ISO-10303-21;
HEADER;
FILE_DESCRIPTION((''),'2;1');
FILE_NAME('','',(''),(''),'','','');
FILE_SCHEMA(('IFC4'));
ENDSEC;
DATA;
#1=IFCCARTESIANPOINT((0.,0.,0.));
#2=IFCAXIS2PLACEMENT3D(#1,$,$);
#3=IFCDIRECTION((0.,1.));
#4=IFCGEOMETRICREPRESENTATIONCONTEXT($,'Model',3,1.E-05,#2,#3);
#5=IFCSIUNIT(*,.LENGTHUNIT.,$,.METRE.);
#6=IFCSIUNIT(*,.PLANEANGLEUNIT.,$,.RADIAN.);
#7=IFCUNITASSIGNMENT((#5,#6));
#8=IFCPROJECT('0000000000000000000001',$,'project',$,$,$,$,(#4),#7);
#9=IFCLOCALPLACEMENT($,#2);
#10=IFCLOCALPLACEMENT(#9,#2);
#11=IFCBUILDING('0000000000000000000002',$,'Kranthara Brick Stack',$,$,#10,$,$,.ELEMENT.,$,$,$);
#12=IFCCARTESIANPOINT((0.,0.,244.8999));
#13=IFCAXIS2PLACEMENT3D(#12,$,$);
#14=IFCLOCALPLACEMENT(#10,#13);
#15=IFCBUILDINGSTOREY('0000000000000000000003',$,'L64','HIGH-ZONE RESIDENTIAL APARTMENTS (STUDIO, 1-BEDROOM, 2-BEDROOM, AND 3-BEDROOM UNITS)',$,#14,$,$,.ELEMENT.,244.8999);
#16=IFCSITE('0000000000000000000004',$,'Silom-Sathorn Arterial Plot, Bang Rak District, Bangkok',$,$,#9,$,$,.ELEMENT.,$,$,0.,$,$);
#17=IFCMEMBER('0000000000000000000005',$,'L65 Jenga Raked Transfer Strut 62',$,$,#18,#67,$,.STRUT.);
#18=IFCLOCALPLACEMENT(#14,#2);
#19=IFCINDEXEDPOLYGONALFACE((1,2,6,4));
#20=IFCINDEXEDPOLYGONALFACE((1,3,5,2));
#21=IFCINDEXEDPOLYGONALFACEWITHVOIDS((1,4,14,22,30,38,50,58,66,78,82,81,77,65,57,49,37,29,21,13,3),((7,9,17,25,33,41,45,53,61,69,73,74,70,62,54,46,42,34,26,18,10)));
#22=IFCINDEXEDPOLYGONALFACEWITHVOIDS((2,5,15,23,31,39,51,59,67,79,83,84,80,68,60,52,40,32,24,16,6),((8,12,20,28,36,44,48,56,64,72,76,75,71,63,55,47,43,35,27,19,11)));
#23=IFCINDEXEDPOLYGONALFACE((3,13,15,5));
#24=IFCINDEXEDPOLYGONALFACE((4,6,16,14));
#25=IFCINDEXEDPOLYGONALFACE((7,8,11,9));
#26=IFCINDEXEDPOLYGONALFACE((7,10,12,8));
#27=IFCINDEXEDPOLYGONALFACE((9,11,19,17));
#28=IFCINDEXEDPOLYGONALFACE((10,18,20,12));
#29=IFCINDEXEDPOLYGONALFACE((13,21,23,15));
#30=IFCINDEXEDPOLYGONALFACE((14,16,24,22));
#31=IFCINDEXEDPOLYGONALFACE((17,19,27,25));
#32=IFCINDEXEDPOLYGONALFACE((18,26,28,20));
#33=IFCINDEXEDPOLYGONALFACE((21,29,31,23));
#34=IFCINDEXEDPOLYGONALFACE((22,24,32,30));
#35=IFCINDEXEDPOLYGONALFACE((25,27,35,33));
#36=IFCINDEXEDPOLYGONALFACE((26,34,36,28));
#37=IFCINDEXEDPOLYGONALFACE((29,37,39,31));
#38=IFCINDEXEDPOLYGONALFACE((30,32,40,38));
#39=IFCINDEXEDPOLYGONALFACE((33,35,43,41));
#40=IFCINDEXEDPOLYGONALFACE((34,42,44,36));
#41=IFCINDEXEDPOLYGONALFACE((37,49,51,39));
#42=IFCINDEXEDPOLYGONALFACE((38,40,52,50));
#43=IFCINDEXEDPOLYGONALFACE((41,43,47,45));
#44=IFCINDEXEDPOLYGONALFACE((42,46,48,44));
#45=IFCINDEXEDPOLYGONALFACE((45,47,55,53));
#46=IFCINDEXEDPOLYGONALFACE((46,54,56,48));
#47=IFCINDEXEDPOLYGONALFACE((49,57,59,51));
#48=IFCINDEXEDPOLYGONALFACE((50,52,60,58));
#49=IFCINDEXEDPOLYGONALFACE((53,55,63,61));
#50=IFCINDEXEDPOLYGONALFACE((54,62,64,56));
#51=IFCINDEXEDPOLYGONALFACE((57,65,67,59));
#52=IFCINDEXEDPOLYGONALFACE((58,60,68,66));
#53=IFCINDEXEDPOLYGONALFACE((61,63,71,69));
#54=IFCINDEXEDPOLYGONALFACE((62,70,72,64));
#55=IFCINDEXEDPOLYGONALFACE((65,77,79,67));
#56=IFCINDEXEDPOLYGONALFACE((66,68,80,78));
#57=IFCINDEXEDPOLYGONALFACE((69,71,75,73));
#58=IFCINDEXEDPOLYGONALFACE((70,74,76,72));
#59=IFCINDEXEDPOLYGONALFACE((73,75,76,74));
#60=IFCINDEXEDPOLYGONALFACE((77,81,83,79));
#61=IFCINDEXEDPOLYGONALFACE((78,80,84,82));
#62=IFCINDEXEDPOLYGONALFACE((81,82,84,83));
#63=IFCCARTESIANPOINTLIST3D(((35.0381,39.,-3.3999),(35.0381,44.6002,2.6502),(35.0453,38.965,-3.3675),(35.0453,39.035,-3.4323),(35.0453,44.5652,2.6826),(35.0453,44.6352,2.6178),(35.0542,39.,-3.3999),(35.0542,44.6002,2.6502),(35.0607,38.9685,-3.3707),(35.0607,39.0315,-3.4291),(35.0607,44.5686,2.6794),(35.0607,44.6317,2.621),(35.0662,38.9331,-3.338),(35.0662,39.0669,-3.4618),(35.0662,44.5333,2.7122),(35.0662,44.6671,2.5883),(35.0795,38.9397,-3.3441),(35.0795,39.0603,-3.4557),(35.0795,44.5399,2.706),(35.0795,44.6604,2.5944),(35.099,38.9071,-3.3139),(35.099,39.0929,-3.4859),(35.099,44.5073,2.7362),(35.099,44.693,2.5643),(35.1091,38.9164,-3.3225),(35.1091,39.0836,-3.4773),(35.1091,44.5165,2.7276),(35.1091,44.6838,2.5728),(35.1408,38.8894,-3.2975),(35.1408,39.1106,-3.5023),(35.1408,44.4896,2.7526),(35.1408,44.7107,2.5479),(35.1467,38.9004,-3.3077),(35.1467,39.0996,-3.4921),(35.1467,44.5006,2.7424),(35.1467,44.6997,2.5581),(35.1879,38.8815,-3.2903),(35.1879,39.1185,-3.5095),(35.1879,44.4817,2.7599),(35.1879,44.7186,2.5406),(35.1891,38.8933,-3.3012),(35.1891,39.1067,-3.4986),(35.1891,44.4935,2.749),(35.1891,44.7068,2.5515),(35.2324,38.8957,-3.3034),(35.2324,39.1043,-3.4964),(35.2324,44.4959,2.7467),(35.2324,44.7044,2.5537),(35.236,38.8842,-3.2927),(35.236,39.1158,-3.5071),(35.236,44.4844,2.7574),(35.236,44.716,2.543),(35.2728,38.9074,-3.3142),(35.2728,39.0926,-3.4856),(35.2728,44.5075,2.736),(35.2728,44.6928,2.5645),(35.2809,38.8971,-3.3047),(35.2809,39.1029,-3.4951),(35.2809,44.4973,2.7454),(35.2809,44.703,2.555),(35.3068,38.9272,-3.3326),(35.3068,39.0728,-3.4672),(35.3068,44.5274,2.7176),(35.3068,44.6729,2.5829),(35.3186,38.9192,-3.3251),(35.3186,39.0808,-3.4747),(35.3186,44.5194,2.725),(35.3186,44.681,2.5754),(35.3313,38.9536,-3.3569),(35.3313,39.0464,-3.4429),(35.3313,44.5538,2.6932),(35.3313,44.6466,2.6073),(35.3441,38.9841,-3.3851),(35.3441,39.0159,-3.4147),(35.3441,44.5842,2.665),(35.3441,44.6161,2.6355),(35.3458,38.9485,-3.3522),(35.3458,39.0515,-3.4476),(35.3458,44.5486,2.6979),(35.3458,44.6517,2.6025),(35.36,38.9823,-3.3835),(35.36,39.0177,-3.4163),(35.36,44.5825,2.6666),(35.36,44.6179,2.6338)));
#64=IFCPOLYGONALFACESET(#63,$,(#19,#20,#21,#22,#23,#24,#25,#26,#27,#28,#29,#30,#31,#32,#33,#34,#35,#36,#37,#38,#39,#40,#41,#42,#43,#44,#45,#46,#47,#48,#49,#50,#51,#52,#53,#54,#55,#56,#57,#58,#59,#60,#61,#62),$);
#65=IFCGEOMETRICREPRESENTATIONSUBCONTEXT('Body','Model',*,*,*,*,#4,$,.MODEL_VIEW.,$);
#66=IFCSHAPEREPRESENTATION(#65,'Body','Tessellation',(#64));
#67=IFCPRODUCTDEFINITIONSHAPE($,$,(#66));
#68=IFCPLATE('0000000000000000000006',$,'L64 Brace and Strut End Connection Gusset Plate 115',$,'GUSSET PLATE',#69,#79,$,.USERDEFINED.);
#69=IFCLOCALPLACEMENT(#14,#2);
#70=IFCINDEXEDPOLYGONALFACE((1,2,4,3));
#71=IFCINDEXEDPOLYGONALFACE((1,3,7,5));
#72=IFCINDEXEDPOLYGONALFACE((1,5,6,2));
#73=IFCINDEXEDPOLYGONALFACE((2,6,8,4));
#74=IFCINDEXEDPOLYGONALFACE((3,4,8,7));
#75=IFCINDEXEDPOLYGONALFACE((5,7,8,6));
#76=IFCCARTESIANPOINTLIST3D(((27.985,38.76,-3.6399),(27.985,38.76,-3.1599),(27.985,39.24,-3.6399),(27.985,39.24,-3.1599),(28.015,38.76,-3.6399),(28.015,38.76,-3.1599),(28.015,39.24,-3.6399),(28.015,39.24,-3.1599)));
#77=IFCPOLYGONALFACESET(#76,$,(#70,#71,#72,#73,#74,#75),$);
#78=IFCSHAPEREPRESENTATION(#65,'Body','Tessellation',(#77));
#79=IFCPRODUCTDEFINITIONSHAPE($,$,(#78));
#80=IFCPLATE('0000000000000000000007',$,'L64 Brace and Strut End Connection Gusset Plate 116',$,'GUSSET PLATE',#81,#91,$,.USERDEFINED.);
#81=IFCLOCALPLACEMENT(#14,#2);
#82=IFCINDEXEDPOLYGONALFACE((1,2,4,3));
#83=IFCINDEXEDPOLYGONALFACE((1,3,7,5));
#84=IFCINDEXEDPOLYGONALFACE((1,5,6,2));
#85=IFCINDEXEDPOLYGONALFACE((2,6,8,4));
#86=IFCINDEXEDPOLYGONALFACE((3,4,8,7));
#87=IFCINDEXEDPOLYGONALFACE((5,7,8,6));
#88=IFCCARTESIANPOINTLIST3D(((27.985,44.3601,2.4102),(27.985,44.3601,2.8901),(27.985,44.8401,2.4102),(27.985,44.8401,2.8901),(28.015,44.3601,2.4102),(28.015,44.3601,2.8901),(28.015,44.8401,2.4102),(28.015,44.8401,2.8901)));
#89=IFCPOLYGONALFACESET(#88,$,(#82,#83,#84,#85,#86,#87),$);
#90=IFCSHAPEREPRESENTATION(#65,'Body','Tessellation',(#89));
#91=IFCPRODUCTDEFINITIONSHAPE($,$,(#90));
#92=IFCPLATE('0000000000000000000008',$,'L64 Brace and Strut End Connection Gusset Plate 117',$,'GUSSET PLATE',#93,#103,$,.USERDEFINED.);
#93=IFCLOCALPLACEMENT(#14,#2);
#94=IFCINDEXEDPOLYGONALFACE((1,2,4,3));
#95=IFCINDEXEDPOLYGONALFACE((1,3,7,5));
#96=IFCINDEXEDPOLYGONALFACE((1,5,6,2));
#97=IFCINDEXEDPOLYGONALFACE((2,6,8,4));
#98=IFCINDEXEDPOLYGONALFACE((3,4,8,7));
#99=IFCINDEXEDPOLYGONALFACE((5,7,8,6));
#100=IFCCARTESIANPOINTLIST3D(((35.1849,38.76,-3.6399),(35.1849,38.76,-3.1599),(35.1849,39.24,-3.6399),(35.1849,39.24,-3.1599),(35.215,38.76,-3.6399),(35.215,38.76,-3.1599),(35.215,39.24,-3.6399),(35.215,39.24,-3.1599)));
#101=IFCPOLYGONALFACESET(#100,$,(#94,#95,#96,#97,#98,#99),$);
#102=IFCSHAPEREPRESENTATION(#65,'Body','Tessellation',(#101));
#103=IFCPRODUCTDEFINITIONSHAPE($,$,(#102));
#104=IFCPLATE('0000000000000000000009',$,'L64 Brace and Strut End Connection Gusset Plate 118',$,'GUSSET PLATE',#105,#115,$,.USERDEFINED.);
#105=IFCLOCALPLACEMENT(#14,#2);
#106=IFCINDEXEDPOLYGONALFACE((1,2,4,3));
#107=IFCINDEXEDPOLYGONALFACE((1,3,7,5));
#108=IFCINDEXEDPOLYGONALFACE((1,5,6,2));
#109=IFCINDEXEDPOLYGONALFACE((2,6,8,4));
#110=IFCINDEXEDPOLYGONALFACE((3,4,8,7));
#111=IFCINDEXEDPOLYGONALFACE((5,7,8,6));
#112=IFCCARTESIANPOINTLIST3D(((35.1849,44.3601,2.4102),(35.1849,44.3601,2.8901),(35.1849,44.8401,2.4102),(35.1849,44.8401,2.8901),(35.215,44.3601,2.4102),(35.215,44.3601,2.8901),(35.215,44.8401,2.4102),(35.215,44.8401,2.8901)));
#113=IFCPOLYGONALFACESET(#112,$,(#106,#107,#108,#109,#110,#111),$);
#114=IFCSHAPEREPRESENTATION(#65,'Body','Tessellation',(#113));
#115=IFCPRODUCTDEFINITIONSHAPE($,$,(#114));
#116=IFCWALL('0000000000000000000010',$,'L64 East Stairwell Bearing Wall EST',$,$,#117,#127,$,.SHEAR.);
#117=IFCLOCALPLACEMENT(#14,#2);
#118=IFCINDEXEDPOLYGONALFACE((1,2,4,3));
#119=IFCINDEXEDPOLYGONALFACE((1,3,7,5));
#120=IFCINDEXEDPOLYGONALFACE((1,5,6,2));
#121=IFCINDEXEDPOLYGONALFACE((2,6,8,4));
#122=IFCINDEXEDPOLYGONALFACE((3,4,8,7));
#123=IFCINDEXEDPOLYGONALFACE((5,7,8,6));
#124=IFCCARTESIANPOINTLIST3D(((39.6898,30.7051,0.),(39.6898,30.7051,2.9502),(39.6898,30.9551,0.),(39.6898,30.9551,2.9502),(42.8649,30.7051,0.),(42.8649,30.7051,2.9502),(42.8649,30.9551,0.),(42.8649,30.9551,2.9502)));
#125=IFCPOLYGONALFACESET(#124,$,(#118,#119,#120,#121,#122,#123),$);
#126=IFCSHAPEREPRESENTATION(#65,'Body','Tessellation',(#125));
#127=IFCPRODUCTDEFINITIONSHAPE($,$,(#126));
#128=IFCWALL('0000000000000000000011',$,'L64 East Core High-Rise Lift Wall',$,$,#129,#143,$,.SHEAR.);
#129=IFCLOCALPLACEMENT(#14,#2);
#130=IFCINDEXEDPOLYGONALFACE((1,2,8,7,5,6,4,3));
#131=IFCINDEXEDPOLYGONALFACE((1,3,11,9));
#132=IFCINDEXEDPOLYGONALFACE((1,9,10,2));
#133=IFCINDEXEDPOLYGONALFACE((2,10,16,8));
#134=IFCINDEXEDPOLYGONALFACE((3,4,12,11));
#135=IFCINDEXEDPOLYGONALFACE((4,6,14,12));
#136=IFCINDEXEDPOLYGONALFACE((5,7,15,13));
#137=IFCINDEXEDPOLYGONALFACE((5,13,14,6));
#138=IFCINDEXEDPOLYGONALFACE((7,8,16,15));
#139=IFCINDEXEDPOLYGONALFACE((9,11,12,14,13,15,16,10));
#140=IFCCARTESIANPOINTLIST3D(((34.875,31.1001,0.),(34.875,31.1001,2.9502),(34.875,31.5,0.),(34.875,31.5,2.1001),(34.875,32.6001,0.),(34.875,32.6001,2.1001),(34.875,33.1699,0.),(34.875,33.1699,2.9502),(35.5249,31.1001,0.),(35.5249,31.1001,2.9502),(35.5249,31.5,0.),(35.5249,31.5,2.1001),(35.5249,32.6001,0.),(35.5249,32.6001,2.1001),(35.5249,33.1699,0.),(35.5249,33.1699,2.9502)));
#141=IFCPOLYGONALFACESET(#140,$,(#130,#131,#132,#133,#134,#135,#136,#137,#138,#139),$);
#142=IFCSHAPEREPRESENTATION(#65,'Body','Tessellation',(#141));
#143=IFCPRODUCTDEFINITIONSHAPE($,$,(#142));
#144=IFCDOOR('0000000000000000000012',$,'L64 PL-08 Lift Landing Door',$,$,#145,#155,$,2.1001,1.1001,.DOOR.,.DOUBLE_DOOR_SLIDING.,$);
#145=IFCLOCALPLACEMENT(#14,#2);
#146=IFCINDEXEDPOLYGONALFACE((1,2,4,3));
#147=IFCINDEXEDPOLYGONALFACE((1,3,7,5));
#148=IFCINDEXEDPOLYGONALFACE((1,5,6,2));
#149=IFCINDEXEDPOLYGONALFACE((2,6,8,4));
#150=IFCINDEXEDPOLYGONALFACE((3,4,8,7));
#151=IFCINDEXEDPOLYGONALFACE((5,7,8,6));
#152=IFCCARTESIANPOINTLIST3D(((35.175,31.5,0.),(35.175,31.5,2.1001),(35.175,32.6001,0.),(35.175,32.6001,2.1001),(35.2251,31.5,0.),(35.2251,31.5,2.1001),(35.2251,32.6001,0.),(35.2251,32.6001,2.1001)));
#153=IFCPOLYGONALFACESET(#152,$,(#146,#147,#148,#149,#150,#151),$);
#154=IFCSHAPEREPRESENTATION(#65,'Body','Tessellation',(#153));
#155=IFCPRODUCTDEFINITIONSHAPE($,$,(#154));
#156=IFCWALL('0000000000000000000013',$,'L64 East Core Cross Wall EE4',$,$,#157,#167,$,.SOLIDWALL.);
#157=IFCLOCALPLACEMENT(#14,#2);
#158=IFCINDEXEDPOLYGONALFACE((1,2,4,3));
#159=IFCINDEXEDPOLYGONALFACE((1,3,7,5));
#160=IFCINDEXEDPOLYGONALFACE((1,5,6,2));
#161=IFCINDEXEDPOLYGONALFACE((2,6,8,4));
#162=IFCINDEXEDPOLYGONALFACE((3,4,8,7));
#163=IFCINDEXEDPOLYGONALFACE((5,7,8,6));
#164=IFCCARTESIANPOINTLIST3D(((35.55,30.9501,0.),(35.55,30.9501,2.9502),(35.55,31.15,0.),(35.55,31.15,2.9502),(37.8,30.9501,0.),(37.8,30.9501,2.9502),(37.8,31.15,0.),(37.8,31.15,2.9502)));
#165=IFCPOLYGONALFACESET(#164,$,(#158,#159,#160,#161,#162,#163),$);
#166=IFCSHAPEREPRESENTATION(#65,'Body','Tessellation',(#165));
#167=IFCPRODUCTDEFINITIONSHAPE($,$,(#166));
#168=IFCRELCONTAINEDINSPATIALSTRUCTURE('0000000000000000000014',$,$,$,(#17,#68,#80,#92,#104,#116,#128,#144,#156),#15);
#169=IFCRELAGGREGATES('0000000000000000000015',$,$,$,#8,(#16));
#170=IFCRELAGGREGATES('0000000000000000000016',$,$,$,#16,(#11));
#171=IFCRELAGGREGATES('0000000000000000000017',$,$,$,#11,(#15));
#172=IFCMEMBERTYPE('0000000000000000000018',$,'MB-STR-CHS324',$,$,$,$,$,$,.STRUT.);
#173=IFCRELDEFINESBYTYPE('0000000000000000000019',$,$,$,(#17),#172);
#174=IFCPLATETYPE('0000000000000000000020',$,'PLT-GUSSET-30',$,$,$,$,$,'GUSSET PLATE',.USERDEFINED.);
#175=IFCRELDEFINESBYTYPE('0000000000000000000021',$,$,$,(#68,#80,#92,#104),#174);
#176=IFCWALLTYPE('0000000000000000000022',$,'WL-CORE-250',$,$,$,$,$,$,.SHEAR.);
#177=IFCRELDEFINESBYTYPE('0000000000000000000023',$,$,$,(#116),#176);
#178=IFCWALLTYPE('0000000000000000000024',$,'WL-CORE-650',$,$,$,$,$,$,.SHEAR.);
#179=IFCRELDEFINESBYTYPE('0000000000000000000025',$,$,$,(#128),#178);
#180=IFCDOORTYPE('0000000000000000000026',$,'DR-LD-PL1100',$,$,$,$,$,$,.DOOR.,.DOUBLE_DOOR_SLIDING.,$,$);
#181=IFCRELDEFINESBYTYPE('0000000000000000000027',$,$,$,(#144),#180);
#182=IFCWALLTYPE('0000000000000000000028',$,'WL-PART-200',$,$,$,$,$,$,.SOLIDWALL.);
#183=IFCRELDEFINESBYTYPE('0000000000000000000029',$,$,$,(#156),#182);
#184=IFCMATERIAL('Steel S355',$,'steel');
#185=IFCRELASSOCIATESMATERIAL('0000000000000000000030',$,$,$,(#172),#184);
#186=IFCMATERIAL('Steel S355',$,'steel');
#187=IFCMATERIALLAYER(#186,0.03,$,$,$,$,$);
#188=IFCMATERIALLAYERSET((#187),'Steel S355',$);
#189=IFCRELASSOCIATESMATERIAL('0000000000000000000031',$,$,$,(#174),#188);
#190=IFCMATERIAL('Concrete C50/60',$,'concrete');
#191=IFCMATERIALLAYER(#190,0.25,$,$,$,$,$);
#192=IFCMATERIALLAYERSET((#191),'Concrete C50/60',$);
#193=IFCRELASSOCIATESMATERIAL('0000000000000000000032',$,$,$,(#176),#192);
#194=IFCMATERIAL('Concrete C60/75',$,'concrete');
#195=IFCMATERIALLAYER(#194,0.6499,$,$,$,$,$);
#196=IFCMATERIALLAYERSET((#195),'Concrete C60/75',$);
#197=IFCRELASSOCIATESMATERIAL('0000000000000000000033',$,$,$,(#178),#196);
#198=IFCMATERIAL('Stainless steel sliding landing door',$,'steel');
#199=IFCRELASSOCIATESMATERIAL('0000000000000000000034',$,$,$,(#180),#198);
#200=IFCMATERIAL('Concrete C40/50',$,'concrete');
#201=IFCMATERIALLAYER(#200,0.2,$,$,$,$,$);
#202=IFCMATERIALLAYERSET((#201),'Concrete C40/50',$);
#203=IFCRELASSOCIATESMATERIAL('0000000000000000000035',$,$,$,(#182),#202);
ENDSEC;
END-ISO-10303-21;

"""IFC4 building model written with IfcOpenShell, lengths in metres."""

from ifc_helpers import new_model, si_unit, direction, frame, frame_2d, origin, origin_2d, place, context, subcontext, project, spatial, rectangle, hollow_circle, extrude, material, layer, layer_set, material_profile, profile_set, type_object, element, fill, save


model = new_model("IFC4")

# Units and contexts
model_context = context("Model", 3, precision=1e-05, world=origin(), true_north=direction((0.0, 1.0)))
body_context = subcontext(model_context, "Body", "Model", "MODEL_VIEW")
ifc_project = project(units=[si_unit("LENGTHUNIT", "METRE"), si_unit("PLANEANGLEUNIT", "RADIAN")], contexts=[model_context])

# Site, building, storey
site_placement = place(None, origin())
site = spatial("IfcSite", under=ifc_project, at=site_placement, Name="Silom-Sathorn Arterial Plot, Bang Rak District, Bangkok", CompositionType="ELEMENT", RefElevation=0.0)
building_placement = place(site_placement, origin())
building = spatial("IfcBuilding", under=site, at=building_placement, Name="Kranthara Brick Stack", CompositionType="ELEMENT")
storey_placement = place(building_placement, frame((0.0, 0.0, 244.8999)))
storey = spatial("IfcBuildingStorey", under=building, at=storey_placement, Name="L64", Description="HIGH-ZONE RESIDENTIAL APARTMENTS (STUDIO, 1-BEDROOM, 2-BEDROOM, AND 3-BEDROOM UNITS)", CompositionType="ELEMENT", Elevation=244.8999)

# Member
ifc_material_1 = material(Name="Steel S355", Category="steel")
ifc_material_profile_1 = material_profile(ifc_material_1, hollow_circle(Radius=0.1619, WallThickness=0.0161, at=origin_2d()), Name="CHS 323.9x16")
ifc_profile_set_1 = profile_set([ifc_material_profile_1], Name="Steel S355")
member_type = type_object("IfcMemberType", Name="MB-STR-CHS324", PredefinedType="STRUT", material=ifc_profile_set_1)
for number, where, z_axis, x_axis, name in (
    (1, (35.2, 39.0, -3.3999), (0.0, 0.679291, 0.733869), (-1.0, 0.0, 0.0), "L65 Jenga Raked Transfer Strut 62"),
):
    element("IfcMember", number, at=place(storey_placement, frame(where, z_axis=z_axis, x_axis=x_axis)), inside=storey, type_object=member_type, Name=name, PredefinedType="STRUT", context=body_context, shape_type="SweptSolid", body=[
        extrude(hollow_circle(Radius=0.1619, WallThickness=0.0161, at=origin_2d()), origin(), (0.0, 0.0, 1.0), 8.2441),
    ])

# Plates
ifc_material_2 = material(Name="Steel S355", Category="steel")
ifc_layer_1 = layer(ifc_material_2, 0.03)
ifc_layer_set_1 = layer_set([ifc_layer_1], Name="Steel S355")
plate_type = type_object("IfcPlateType", Name="PLT-GUSSET-30", ElementType="GUSSET PLATE", PredefinedType="USERDEFINED", material=ifc_layer_set_1)
for number, where, z_axis, x_axis, name in (
    (2, (28.0, 39.0, -3.6399), (0.0, 0.0, 1.0), (0.0, 1.0, 0.0), "L64 Brace and Strut End Connection Gusset Plate 115"),
    (3, (28.0, 44.6001, 2.4102), (0.0, 0.0, 1.0), (0.0, 1.0, 0.0), "L64 Brace and Strut End Connection Gusset Plate 116"),
    (4, (35.2, 39.0, -3.6399), (0.0, 0.0, 1.0), (0.0, 1.0, 0.0), "L64 Brace and Strut End Connection Gusset Plate 117"),
    (5, (35.2, 44.6001, 2.4102), (0.0, 0.0, 1.0), (0.0, 1.0, 0.0), "L64 Brace and Strut End Connection Gusset Plate 118"),
):
    element("IfcPlate", number, at=place(storey_placement, frame(where, z_axis=z_axis, x_axis=x_axis)), inside=storey, type_object=plate_type, Name=name, ObjectType="GUSSET PLATE", PredefinedType="USERDEFINED", context=body_context, shape_type="SweptSolid", body=[
        extrude(rectangle(XDim=0.48, YDim=0.03, at=origin_2d()), origin(), (0.0, 0.0, 1.0), 0.48),
    ])

# Wall
ifc_material_3 = material(Name="Concrete C50/60", Category="concrete")
ifc_layer_2 = layer(ifc_material_3, 0.25)
ifc_layer_set_2 = layer_set([ifc_layer_2], Name="Concrete C50/60")
wall_type_1 = type_object("IfcWallType", Name="WL-CORE-250", PredefinedType="SHEAR", material=ifc_layer_set_2)
wall_1_placement = place(storey_placement, frame((39.6899, 30.8301, 0.0), z_axis=(0.0, 0.0, 1.0), x_axis=(1.0, 0.0, 0.0)))
element("IfcWall", 6, at=wall_1_placement, inside=storey, type_object=wall_type_1, Name="L64 East Stairwell Bearing Wall EST", PredefinedType="SHEAR", context=body_context, shape_type="SweptSolid", body=[
    extrude(rectangle(XDim=3.175, YDim=0.25, at=frame_2d((1.5874, 0.0))), origin(), (0.0, 0.0, 1.0), 2.9502),
])

# Shared definitions
ifc_material_4 = material(Name="Concrete C60/75", Category="concrete")
ifc_layer_3 = layer(ifc_material_4, 0.6499)
ifc_layer_set_3 = layer_set([ifc_layer_3], Name="Concrete C60/75")
wall_type_2 = type_object("IfcWallType", Name="WL-CORE-650", PredefinedType="SHEAR", material=ifc_layer_set_3)

# Wall, opening, door
wall_2_placement = place(storey_placement, frame((35.2, 31.1001, 0.0), z_axis=(0.0, 0.0, 1.0), x_axis=(0.0, 1.0, 0.0)))
wall_2 = element("IfcWall", 7, at=wall_2_placement, inside=storey, type_object=wall_type_2, Name="L64 East Core High-Rise Lift Wall", PredefinedType="SHEAR", context=body_context, shape_type="SweptSolid", body=[
    extrude(rectangle(XDim=2.0698, YDim=0.6499, at=frame_2d((1.0349, 0.0))), origin(), (0.0, 0.0, 1.0), 2.9502),
])
opening_1_placement = place(wall_2_placement, frame((0.3999, 0.0, 0.0)))
opening_1 = element("IfcOpeningElement", 8, at=opening_1_placement, cuts=wall_2, PredefinedType="OPENING", context=body_context, shape_type="SweptSolid", body=[
    extrude(rectangle(XDim=1.1001, YDim=2.1001, at=frame_2d((0.55, 1.05))), frame((0.0, 0.335, 0.0), z_axis=(0.0, -1.0, 0.0), x_axis=(1.0, 0.0, 0.0)), (0.0, 0.0, 1.0), 0.6699),
])
ifc_material_5 = material(Name="Stainless steel sliding landing door", Category="steel")
door_type_1 = type_object("IfcDoorType", Name="DR-LD-PL1100", OperationType="DOUBLE_DOOR_SLIDING", PredefinedType="DOOR", material=ifc_material_5)
door_1_placement = place(opening_1_placement, origin())
door_1 = element("IfcDoor", 9, at=door_1_placement, inside=storey, type_object=door_type_1, Name="L64 PL-08 Lift Landing Door", OperationType="DOUBLE_DOOR_SLIDING", OverallHeight=2.1001, OverallWidth=1.1001, PredefinedType="DOOR", context=body_context, shape_type="SweptSolid", body=[
    extrude(rectangle(XDim=1.1001, YDim=2.1001, at=frame_2d((0.55, 1.05))), frame((0.0, 0.0249, 0.0), z_axis=(0.0, -1.0, 0.0), x_axis=(1.0, 0.0, 0.0)), (0.0, 0.0, 1.0), 0.05),
])
fill(opening_1, door_1)

# Wall
ifc_material_6 = material(Name="Concrete C40/50", Category="concrete")
ifc_layer_4 = layer(ifc_material_6, 0.2)
ifc_layer_set_4 = layer_set([ifc_layer_4], Name="Concrete C40/50")
wall_type_3 = type_object("IfcWallType", Name="WL-PART-200", PredefinedType="SOLIDWALL", material=ifc_layer_set_4)
wall_3_placement = place(storey_placement, frame((35.55, 31.05, 0.0), z_axis=(0.0, 0.0, 1.0), x_axis=(1.0, 0.0, 0.0)))
element("IfcWall", 10, at=wall_3_placement, inside=storey, type_object=wall_type_3, Name="L64 East Core Cross Wall EE4", PredefinedType="SOLIDWALL", context=body_context, shape_type="SweptSolid", body=[
    extrude(rectangle(XDim=2.25, YDim=0.2, at=frame_2d((1.125, 0.0))), origin(), (0.0, 0.0, 1.0), 2.9502),
])

save(model, "model.ifc")
